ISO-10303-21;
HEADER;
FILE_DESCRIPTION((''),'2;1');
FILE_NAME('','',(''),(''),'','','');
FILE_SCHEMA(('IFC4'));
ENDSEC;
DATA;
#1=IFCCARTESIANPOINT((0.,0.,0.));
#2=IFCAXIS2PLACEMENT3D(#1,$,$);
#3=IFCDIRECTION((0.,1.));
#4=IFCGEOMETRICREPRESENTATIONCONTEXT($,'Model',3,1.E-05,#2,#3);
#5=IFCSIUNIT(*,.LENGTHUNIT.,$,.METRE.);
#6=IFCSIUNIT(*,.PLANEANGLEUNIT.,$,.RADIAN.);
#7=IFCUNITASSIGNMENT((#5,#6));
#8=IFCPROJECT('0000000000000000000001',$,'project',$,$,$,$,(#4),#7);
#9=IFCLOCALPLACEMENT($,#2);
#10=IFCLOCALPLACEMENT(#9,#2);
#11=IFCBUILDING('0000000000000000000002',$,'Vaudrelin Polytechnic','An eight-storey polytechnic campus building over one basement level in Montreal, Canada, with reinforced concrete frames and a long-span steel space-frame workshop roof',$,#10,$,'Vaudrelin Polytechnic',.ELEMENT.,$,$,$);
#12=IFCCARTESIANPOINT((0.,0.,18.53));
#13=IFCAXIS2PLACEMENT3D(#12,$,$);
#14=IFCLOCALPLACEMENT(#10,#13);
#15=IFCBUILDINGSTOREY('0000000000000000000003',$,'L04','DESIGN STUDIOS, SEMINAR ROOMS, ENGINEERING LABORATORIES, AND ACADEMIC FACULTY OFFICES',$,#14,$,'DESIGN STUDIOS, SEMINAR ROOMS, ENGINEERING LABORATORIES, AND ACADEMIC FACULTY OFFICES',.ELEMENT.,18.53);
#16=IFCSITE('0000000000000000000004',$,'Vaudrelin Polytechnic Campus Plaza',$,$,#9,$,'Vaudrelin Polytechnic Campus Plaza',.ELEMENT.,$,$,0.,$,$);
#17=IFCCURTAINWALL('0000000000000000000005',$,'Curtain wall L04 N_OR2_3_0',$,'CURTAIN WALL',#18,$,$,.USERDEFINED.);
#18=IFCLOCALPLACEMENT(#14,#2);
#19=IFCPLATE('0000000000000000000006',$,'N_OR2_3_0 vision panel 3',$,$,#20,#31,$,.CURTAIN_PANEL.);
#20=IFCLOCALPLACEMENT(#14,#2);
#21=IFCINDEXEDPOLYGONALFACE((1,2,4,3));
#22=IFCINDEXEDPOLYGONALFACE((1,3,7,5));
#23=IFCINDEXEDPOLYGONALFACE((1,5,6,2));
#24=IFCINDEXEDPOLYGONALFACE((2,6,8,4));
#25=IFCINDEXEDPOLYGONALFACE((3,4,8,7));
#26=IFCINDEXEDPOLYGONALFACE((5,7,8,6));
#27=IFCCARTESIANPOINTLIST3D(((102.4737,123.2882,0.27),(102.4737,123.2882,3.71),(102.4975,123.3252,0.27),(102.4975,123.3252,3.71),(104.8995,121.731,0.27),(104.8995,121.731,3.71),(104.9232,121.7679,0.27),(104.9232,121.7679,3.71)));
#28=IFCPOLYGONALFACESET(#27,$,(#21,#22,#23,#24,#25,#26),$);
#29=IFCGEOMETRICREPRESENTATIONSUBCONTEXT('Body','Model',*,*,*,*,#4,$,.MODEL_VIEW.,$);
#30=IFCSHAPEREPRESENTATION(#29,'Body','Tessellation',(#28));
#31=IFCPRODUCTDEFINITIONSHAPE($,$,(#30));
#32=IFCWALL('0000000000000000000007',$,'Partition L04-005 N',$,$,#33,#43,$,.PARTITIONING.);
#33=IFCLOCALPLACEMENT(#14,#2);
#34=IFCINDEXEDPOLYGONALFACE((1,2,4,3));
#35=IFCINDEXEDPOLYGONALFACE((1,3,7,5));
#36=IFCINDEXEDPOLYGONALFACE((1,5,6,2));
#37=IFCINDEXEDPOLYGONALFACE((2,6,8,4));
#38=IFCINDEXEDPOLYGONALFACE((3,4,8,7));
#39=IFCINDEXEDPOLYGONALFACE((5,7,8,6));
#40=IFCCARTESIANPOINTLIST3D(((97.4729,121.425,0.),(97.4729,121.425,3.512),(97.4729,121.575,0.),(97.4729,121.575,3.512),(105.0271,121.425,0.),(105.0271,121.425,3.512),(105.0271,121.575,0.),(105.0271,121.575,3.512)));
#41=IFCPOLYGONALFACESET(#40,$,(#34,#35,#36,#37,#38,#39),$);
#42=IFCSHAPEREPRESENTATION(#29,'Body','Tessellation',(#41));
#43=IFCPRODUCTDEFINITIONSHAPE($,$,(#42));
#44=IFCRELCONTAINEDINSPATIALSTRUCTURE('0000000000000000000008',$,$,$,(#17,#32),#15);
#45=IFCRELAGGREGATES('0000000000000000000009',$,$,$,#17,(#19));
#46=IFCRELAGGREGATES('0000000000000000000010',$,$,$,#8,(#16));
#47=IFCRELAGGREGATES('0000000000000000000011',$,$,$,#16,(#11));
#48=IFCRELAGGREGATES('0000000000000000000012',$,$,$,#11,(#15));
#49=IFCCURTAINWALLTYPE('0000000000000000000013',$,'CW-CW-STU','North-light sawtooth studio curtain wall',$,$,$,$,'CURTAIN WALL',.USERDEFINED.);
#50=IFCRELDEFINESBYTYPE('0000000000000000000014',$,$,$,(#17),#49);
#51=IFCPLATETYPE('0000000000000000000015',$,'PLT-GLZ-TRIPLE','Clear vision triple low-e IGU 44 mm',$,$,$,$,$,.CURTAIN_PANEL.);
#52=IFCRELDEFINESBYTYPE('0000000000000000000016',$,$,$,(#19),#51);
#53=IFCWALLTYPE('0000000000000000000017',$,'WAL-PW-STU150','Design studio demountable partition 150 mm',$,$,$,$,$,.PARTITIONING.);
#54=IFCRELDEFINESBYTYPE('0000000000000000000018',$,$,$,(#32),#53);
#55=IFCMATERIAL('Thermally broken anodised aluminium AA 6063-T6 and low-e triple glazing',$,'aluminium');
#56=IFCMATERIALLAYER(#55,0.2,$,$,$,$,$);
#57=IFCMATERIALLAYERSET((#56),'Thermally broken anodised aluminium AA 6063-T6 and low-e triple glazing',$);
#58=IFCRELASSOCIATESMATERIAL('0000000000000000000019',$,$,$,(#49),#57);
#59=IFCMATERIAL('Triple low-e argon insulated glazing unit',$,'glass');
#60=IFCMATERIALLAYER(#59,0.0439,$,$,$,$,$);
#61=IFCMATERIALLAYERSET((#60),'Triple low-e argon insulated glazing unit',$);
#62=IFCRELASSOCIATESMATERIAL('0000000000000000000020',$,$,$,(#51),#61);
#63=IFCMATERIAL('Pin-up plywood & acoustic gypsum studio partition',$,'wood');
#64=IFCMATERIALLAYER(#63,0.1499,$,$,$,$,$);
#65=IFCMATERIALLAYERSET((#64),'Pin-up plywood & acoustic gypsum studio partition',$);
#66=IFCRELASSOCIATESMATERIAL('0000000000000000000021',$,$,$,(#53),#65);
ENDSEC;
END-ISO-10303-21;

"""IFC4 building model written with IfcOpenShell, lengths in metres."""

from ifc_helpers import new_model, si_unit, direction, frame, frame_2d, origin, origin_2d, place, context, subcontext, project, spatial, rectangle, extrude, material, layer, layer_set, type_object, element, aggregate, save


model = new_model("IFC4")

# Units and contexts
model_context = context("Model", 3, precision=1e-05, world=origin(), true_north=direction((0.0, 1.0)))
body_context = subcontext(model_context, "Body", "Model", "MODEL_VIEW")
ifc_project = project(units=[si_unit("LENGTHUNIT", "METRE"), si_unit("PLANEANGLEUNIT", "RADIAN")], contexts=[model_context])

# Site, building, storey
site_placement = place(None, origin())
site = spatial("IfcSite", under=ifc_project, at=site_placement, Name="Vaudrelin Polytechnic Campus Plaza", LongName="Vaudrelin Polytechnic Campus Plaza", CompositionType="ELEMENT", RefElevation=0.0)
building_placement = place(site_placement, origin())
building = spatial("IfcBuilding", under=site, at=building_placement, Name="Vaudrelin Polytechnic", Description="An eight-storey polytechnic campus building over one basement level in Montreal, Canada, with reinforced concrete frames and a long-span steel space-frame workshop roof", LongName="Vaudrelin Polytechnic", CompositionType="ELEMENT")
storey_placement = place(building_placement, frame((0.0, 0.0, 18.53)))
storey = spatial("IfcBuildingStorey", under=building, at=storey_placement, Name="L04", Description="DESIGN STUDIOS, SEMINAR ROOMS, ENGINEERING LABORATORIES, AND ACADEMIC FACULTY OFFICES", LongName="DESIGN STUDIOS, SEMINAR ROOMS, ENGINEERING LABORATORIES, AND ACADEMIC FACULTY OFFICES", CompositionType="ELEMENT", Elevation=18.53)

# Curtain wall
ifc_material_1 = material(Name="Thermally broken anodised aluminium AA 6063-T6 and low-e triple glazing", Category="aluminium")
ifc_layer_1 = layer(ifc_material_1, 0.2)
ifc_layer_set_1 = layer_set([ifc_layer_1], Name="Thermally broken anodised aluminium AA 6063-T6 and low-e triple glazing")
curtain_wall_type = type_object("IfcCurtainWallType", Name="CW-CW-STU", Description="North-light sawtooth studio curtain wall", ElementType="CURTAIN WALL", PredefinedType="USERDEFINED", material=ifc_layer_set_1)
curtain_wall_1_placement = place(storey_placement, origin())
curtain_wall_1 = element("IfcCurtainWall", 1, at=curtain_wall_1_placement, inside=storey, type_object=curtain_wall_type, Name="Curtain wall L04 N_OR2_3_0", ObjectType="CURTAIN WALL", PredefinedType="USERDEFINED")

# Plate
ifc_material_2 = material(Name="Triple low-e argon insulated glazing unit", Category="glass")
ifc_layer_2 = layer(ifc_material_2, 0.0439)
ifc_layer_set_2 = layer_set([ifc_layer_2], Name="Triple low-e argon insulated glazing unit")
plate_type_1 = type_object("IfcPlateType", Name="PLT-GLZ-TRIPLE", Description="Clear vision triple low-e IGU 44 mm", PredefinedType="CURTAIN_PANEL", material=ifc_layer_set_2)
plate_1_placement = place(storey_placement, frame((103.6985, 122.5281, 0.27), z_axis=(0.0, 0.0, 1.0), x_axis=(0.841519, -0.540228, 0.0)))
plate_1 = element("IfcPlate", 2, at=plate_1_placement, type_object=plate_type_1, Name="N_OR2_3_0 vision panel 3", PredefinedType="CURTAIN_PANEL", context=body_context, shape_type="SweptSolid", body=[
    extrude(rectangle(XDim=2.8826, YDim=0.0439, at=origin_2d()), origin(), (0.0, 0.0, 1.0), 3.4399),
])
aggregate(curtain_wall_1, [plate_1])

# Wall
ifc_material_3 = material(Name="Pin-up plywood & acoustic gypsum studio partition", Category="wood")
ifc_layer_3 = layer(ifc_material_3, 0.1499)
ifc_layer_set_3 = layer_set([ifc_layer_3], Name="Pin-up plywood & acoustic gypsum studio partition")
wall_type = type_object("IfcWallType", Name="WAL-PW-STU150", Description="Design studio demountable partition 150 mm", PredefinedType="PARTITIONING", material=ifc_layer_set_3)
wall_placement = place(storey_placement, frame((97.4729, 121.5, 0.0), z_axis=(0.0, 0.0, 1.0), x_axis=(1.0, 0.0, 0.0)))
element("IfcWall", 3, at=wall_placement, inside=storey, type_object=wall_type, Name="Partition L04-005 N", PredefinedType="PARTITIONING", context=body_context, shape_type="SweptSolid", body=[
    extrude(rectangle(XDim=7.5542, YDim=0.1499, at=frame_2d((3.7771, 0.0))), origin(), (0.0, 0.0, 1.0), 3.512),
])

save(model, "model.ifc")
